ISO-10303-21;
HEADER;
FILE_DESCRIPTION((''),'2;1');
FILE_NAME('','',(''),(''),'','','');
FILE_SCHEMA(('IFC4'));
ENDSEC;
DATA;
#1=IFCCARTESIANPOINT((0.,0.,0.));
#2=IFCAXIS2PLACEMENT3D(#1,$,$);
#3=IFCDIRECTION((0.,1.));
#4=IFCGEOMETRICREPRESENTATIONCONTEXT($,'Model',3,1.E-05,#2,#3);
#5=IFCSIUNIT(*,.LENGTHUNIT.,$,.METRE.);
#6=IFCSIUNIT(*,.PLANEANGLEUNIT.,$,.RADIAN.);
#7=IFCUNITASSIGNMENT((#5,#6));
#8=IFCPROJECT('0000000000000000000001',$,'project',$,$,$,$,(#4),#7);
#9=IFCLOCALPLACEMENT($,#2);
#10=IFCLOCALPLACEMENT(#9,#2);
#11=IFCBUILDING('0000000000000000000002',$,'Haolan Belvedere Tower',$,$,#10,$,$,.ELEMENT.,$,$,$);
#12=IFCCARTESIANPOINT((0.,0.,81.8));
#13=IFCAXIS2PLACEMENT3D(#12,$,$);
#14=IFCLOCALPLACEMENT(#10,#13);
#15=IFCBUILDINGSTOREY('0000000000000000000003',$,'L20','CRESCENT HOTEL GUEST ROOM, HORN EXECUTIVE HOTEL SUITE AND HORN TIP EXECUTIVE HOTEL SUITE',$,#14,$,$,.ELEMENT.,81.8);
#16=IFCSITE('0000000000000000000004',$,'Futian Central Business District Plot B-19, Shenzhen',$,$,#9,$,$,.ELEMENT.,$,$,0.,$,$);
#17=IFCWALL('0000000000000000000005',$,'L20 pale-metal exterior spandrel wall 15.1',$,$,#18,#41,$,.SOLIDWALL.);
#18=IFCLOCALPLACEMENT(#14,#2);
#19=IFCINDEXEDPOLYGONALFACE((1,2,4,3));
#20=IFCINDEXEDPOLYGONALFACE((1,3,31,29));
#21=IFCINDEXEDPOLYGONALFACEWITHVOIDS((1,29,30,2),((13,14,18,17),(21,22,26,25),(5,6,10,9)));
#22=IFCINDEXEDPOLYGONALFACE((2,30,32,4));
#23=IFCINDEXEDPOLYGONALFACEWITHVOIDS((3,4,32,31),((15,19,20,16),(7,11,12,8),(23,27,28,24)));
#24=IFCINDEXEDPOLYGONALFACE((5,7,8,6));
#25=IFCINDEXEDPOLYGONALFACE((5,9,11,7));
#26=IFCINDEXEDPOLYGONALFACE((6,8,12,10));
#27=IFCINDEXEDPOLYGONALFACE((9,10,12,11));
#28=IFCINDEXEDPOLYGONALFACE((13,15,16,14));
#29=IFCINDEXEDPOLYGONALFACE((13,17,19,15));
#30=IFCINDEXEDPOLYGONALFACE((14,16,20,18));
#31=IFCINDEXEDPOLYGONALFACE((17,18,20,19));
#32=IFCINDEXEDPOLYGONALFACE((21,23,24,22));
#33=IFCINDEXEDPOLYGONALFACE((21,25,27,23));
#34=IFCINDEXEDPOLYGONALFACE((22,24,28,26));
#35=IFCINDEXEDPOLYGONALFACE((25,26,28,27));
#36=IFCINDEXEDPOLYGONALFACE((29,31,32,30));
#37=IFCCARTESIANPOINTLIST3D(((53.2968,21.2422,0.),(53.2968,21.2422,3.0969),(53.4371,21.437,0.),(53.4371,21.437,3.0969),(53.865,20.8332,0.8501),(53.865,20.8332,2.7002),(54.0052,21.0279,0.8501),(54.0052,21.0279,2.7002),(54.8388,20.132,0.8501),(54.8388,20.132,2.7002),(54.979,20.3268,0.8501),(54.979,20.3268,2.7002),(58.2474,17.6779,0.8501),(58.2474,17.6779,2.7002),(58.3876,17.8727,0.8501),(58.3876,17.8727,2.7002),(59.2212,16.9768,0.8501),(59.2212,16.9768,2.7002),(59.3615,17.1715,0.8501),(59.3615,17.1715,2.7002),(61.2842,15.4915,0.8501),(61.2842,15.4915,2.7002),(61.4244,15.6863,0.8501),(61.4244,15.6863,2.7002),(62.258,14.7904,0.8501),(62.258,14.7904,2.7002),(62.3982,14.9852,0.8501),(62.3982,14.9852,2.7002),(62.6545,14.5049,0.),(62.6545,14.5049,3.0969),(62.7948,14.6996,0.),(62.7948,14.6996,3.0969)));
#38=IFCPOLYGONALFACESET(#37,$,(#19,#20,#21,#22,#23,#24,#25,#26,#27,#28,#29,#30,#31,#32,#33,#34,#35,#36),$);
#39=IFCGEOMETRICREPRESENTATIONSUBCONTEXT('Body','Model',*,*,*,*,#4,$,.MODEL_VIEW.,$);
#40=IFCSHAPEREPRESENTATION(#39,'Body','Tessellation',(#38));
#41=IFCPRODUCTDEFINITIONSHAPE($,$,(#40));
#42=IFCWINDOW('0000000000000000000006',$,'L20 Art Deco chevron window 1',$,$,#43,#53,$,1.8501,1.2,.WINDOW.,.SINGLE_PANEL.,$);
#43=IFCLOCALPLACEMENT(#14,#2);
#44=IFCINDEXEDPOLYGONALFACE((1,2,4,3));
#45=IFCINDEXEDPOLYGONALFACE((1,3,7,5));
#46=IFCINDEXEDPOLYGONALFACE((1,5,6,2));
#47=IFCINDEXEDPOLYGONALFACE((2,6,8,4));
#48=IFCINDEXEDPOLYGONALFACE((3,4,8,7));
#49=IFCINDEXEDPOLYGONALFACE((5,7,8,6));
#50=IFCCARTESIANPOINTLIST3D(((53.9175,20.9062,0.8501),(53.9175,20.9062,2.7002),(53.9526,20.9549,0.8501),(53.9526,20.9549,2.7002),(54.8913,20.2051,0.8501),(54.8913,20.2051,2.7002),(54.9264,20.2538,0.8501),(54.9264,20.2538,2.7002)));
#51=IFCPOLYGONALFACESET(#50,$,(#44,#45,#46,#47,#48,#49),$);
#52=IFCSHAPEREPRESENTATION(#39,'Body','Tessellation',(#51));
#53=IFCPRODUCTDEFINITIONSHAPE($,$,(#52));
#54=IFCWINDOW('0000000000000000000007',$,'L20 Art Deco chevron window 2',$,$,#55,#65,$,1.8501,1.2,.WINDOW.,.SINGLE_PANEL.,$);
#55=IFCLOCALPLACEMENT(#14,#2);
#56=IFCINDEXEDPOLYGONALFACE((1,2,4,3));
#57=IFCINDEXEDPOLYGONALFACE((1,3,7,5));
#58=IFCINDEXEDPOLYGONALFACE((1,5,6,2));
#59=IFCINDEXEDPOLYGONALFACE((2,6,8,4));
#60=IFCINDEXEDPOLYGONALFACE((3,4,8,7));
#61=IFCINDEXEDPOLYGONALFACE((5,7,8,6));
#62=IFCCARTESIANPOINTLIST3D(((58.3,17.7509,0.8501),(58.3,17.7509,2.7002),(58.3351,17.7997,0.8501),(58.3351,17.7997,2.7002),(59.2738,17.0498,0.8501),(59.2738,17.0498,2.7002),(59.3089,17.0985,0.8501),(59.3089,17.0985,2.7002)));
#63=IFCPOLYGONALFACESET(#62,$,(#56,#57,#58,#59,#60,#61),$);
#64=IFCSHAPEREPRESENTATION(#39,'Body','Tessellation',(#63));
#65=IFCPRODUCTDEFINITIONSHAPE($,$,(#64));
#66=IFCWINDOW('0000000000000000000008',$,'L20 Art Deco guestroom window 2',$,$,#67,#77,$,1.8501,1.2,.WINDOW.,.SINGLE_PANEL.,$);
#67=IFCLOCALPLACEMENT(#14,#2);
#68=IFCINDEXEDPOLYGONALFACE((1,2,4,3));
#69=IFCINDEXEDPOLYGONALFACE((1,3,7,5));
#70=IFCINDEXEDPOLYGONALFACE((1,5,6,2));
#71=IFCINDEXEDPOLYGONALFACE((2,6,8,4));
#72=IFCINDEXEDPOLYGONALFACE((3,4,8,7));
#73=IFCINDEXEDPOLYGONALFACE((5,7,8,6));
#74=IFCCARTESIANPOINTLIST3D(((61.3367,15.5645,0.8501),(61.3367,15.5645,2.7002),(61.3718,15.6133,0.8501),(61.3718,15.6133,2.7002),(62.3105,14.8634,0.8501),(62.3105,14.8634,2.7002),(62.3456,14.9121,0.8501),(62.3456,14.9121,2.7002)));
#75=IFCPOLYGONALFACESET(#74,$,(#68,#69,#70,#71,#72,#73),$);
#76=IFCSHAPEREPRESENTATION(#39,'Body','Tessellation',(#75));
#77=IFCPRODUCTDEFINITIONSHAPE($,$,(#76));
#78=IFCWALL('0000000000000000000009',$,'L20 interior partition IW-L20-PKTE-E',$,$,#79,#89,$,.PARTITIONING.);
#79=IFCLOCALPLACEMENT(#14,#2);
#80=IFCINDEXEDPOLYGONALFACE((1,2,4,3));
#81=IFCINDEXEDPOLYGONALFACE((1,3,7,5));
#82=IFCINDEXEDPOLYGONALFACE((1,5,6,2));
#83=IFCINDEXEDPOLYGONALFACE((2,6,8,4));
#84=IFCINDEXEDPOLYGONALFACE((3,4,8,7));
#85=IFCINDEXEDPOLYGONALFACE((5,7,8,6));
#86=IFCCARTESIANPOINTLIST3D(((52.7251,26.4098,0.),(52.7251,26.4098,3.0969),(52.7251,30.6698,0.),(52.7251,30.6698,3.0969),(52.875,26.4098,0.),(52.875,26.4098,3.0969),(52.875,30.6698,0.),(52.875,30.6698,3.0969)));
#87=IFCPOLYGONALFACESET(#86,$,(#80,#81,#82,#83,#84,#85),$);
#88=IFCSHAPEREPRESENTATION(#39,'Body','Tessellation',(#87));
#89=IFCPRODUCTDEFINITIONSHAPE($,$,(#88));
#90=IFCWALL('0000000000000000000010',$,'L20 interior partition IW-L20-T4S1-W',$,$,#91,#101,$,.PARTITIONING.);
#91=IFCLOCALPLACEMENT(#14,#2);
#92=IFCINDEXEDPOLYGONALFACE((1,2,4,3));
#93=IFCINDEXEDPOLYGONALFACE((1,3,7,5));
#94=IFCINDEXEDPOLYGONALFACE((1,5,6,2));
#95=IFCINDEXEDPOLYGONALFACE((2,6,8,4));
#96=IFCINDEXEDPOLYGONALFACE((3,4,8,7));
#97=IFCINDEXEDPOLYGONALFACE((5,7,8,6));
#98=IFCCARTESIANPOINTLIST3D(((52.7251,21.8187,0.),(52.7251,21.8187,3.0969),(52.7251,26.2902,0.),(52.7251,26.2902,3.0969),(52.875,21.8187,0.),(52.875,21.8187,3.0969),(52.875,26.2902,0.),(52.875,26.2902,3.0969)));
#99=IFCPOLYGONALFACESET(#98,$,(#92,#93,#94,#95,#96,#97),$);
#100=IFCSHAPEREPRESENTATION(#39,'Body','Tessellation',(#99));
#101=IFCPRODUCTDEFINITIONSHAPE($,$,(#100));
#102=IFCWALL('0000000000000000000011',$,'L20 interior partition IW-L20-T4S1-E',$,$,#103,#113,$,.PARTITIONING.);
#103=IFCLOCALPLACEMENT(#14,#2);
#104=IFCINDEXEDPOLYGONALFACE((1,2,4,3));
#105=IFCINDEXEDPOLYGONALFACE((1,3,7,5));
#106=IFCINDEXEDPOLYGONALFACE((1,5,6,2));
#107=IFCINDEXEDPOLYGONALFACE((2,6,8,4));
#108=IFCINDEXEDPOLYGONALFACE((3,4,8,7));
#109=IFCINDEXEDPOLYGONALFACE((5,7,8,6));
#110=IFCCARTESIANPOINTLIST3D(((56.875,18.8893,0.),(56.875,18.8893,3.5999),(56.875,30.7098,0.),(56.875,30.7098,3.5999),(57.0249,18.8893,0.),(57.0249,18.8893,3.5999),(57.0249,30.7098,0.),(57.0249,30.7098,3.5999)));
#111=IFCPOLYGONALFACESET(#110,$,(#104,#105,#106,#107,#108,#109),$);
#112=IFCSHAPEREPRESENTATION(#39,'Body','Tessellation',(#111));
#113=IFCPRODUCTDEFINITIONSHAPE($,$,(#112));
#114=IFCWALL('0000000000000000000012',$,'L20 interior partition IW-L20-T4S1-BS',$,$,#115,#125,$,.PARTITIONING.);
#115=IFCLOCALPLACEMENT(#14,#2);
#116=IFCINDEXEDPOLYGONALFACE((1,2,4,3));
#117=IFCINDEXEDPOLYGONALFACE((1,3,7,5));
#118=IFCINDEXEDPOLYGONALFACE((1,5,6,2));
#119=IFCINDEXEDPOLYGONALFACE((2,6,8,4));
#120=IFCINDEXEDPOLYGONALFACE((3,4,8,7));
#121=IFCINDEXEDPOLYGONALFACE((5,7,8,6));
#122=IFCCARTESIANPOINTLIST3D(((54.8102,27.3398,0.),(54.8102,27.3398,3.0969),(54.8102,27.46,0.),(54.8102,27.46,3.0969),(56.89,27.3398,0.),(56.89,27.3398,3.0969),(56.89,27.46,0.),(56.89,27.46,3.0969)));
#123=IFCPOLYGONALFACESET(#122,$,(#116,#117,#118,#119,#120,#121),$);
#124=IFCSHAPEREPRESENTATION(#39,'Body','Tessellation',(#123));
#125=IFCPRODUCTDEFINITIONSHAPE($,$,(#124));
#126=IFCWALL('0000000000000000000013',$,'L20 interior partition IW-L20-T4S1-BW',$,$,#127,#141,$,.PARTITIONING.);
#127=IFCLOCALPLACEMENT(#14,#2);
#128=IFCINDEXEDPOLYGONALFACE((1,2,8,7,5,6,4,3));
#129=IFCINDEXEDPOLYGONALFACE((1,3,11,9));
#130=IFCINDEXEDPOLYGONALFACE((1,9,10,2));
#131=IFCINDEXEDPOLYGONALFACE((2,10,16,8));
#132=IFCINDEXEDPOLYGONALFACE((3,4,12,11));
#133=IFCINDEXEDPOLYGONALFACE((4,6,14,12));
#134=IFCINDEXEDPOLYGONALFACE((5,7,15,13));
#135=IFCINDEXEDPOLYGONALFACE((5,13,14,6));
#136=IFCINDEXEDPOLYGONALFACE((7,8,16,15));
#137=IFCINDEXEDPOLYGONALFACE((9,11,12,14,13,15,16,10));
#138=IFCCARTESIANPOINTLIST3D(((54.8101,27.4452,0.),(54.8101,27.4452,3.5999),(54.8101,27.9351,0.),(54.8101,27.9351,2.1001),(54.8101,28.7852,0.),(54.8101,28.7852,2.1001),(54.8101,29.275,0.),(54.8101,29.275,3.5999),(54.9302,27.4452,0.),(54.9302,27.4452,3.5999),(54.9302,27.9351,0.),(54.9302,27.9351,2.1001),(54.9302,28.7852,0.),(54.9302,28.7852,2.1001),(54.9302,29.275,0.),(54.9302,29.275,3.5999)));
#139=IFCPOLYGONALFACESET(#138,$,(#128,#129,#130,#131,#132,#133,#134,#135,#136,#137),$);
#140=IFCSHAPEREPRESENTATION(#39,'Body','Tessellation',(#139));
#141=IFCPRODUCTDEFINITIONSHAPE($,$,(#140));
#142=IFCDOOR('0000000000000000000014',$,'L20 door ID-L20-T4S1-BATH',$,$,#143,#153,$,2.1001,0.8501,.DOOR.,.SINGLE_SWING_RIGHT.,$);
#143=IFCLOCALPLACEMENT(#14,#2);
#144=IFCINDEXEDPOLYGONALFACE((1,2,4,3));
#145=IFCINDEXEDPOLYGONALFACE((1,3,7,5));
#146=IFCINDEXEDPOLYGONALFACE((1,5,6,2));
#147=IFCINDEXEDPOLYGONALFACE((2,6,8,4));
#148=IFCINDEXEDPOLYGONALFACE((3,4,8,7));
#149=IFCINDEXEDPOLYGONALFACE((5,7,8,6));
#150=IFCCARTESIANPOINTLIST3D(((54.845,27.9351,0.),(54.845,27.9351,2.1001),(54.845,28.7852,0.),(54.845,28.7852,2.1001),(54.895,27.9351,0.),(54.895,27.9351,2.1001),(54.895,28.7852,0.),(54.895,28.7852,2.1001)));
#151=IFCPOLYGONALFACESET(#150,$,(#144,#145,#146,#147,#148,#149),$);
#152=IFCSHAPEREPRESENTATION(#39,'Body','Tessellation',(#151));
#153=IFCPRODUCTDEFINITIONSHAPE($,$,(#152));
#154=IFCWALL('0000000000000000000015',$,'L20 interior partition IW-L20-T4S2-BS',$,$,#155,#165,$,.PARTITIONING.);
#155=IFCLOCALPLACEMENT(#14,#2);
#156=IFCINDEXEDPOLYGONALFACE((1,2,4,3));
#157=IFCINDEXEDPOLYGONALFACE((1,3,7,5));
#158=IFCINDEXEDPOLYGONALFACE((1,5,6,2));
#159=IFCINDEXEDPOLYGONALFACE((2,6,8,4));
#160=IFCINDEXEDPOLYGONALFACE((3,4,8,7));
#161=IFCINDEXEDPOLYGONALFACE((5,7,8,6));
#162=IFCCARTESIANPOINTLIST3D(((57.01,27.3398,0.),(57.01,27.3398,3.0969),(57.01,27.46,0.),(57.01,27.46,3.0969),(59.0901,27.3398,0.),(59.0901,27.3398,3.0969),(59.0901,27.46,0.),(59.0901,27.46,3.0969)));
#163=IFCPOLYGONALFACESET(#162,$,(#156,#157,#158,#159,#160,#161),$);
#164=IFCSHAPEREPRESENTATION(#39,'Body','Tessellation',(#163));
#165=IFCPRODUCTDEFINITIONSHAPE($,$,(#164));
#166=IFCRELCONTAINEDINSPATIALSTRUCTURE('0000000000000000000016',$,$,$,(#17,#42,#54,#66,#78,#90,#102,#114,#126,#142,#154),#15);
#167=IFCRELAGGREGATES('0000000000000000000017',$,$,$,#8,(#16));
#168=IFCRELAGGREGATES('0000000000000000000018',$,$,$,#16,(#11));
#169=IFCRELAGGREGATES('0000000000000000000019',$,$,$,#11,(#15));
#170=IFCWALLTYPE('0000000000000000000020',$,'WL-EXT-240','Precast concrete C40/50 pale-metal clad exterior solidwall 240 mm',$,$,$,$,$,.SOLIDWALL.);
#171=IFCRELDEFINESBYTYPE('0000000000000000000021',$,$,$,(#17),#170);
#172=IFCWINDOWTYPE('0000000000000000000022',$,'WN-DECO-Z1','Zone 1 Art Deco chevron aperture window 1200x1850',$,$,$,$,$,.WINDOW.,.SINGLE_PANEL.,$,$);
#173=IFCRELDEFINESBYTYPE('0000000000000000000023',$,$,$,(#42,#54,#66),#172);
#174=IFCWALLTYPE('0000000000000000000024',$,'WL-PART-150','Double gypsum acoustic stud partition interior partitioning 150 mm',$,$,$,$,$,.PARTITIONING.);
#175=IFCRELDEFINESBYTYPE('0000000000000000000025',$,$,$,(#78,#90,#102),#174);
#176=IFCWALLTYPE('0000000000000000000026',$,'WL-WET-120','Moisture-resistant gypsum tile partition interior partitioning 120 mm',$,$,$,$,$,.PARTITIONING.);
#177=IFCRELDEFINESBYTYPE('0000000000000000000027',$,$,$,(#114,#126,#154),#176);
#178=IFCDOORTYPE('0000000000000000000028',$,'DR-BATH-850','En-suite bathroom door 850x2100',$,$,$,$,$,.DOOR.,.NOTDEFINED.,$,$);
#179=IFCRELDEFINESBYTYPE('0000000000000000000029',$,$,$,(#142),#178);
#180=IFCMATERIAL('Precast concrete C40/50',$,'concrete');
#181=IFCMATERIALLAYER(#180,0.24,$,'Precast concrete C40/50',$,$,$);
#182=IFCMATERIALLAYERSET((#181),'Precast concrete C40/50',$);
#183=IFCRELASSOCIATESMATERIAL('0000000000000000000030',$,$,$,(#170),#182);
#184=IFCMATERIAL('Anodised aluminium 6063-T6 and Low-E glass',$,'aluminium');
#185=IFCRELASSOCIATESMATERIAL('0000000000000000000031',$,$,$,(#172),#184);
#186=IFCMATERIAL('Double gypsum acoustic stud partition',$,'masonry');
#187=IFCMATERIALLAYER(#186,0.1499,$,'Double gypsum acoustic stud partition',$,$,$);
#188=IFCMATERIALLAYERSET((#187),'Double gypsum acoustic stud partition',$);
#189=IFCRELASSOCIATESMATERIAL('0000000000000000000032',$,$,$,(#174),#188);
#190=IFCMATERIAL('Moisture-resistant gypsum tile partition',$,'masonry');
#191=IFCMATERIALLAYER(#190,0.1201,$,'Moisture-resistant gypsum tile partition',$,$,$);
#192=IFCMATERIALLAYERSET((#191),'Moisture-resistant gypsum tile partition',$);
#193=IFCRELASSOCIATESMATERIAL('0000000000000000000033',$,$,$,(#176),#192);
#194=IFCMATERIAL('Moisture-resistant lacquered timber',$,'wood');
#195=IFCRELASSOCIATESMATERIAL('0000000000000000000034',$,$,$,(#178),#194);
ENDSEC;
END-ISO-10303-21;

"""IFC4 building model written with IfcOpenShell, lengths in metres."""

from ifc_helpers import new_model, si_unit, direction, frame, frame_2d, origin, place, context, subcontext, project, spatial, rectangle, extrude, material, layer, layer_set, type_object, element, fill, save


model = new_model("IFC4")

# Units and contexts
model_context = context("Model", 3, precision=1e-05, world=origin(), true_north=direction((0.0, 1.0)))
body_context = subcontext(model_context, "Body", "Model", "MODEL_VIEW")
ifc_project = project(units=[si_unit("LENGTHUNIT", "METRE"), si_unit("PLANEANGLEUNIT", "RADIAN")], contexts=[model_context])

# Site, building, storey
site_placement = place(None, origin())
site = spatial("IfcSite", under=ifc_project, at=site_placement, Name="Futian Central Business District Plot B-19, Shenzhen", CompositionType="ELEMENT", RefElevation=0.0)
building_placement = place(site_placement, origin())
building = spatial("IfcBuilding", under=site, at=building_placement, Name="Haolan Belvedere Tower", CompositionType="ELEMENT")
storey_placement = place(building_placement, frame((0.0, 0.0, 81.8)))
storey = spatial("IfcBuildingStorey", under=building, at=storey_placement, Name="L20", Description="CRESCENT HOTEL GUEST ROOM, HORN EXECUTIVE HOTEL SUITE AND HORN TIP EXECUTIVE HOTEL SUITE", CompositionType="ELEMENT", Elevation=81.8)

# Wall, openings, windows
ifc_material_1 = material(Name="Precast concrete C40/50", Category="concrete")
ifc_layer_1 = layer(ifc_material_1, 0.24, Name="Precast concrete C40/50")
ifc_layer_set_1 = layer_set([ifc_layer_1], Name="Precast concrete C40/50")
wall_type_1 = type_object("IfcWallType", Name="WL-EXT-240", Description="Precast concrete C40/50 pale-metal clad exterior solidwall 240 mm", PredefinedType="SOLIDWALL", material=ifc_layer_set_1)
wall_1_placement = place(storey_placement, frame((53.3669, 21.3396, 0.0), z_axis=(0.0, 0.0, 1.0), x_axis=(0.811543, -0.584292, 0.0)))
wall_1 = element("IfcWall", 1, at=wall_1_placement, inside=storey, type_object=wall_type_1, Name="L20 pale-metal exterior spandrel wall 15.1", PredefinedType="SOLIDWALL", context=body_context, shape_type="SweptSolid", body=[
    extrude(rectangle(XDim=11.5308, YDim=0.24, at=frame_2d((5.7654, 0.0))), origin(), (0.0, 0.0, 1.0), 3.0969),
])
opening_1_placement = place(wall_1_placement, frame((0.7, 0.0, 0.8501)))
opening_1 = element("IfcOpeningElement", 2, at=opening_1_placement, cuts=wall_1, PredefinedType="OPENING", context=body_context, shape_type="SweptSolid", body=[
    extrude(rectangle(XDim=1.2, YDim=1.8501, at=frame_2d((0.6001, 0.925))), frame((0.0, 0.1299, 0.0), z_axis=(0.0, -1.0, 0.0), x_axis=(1.0, 0.0, 0.0)), (0.0, 0.0, 1.0), 0.26),
])
opening_2_placement = place(wall_1_placement, frame((6.1001, 0.0, 0.8501)))
opening_2 = element("IfcOpeningElement", 3, at=opening_2_placement, cuts=wall_1, PredefinedType="OPENING", context=body_context, shape_type="SweptSolid", body=[
    extrude(rectangle(XDim=1.2, YDim=1.8501, at=frame_2d((0.6001, 0.925))), frame((0.0, 0.1299, 0.0), z_axis=(0.0, -1.0, 0.0), x_axis=(1.0, 0.0, 0.0)), (0.0, 0.0, 1.0), 0.26),
])
opening_3_placement = place(wall_1_placement, frame((9.842, 0.0, 0.8501)))
opening_3 = element("IfcOpeningElement", 4, at=opening_3_placement, cuts=wall_1, PredefinedType="OPENING", context=body_context, shape_type="SweptSolid", body=[
    extrude(rectangle(XDim=1.2, YDim=1.8501, at=frame_2d((0.6001, 0.925))), frame((0.0, 0.1299, 0.0), z_axis=(0.0, -1.0, 0.0), x_axis=(1.0, 0.0, 0.0)), (0.0, 0.0, 1.0), 0.26),
])
ifc_material_2 = material(Name="Anodised aluminium 6063-T6 and Low-E glass", Category="aluminium")
window_type = type_object("IfcWindowType", Name="WN-DECO-Z1", Description="Zone 1 Art Deco chevron aperture window 1200x1850", PartitioningType="SINGLE_PANEL", PredefinedType="WINDOW", material=ifc_material_2)
window_1_placement = place(opening_1_placement, origin())
window_1 = element("IfcWindow", 5, at=window_1_placement, inside=storey, type_object=window_type, Name="L20 Art Deco chevron window 1", OverallHeight=1.8501, OverallWidth=1.2, PartitioningType="SINGLE_PANEL", PredefinedType="WINDOW", context=body_context, shape_type="SweptSolid", body=[
    extrude(rectangle(XDim=1.2, YDim=1.8501, at=frame_2d((0.6001, 0.925))), frame((0.0, 0.03, 0.0), z_axis=(0.0, -1.0, 0.0), x_axis=(1.0, 0.0, 0.0)), (0.0, 0.0, 1.0), 0.0601),
])
fill(opening_1, window_1)
window_2_placement = place(opening_2_placement, origin())
window_2 = element("IfcWindow", 6, at=window_2_placement, inside=storey, type_object=window_type, Name="L20 Art Deco chevron window 2", OverallHeight=1.8501, OverallWidth=1.2, PartitioningType="SINGLE_PANEL", PredefinedType="WINDOW", context=body_context, shape_type="SweptSolid", body=[
    extrude(rectangle(XDim=1.2, YDim=1.8501, at=frame_2d((0.6001, 0.925))), frame((0.0, 0.03, 0.0), z_axis=(0.0, -1.0, 0.0), x_axis=(1.0, 0.0, 0.0)), (0.0, 0.0, 1.0), 0.0601),
])
fill(opening_2, window_2)
window_3_placement = place(opening_3_placement, origin())
window_3 = element("IfcWindow", 7, at=window_3_placement, inside=storey, type_object=window_type, Name="L20 Art Deco guestroom window 2", OverallHeight=1.8501, OverallWidth=1.2, PartitioningType="SINGLE_PANEL", PredefinedType="WINDOW", context=body_context, shape_type="SweptSolid", body=[
    extrude(rectangle(XDim=1.2, YDim=1.8501, at=frame_2d((0.6001, 0.925))), frame((0.0, 0.03, 0.0), z_axis=(0.0, -1.0, 0.0), x_axis=(1.0, 0.0, 0.0)), (0.0, 0.0, 1.0), 0.0601),
])
fill(opening_3, window_3)

# Walls
ifc_material_3 = material(Name="Double gypsum acoustic stud partition", Category="masonry")
ifc_layer_2 = layer(ifc_material_3, 0.1499, Name="Double gypsum acoustic stud partition")
ifc_layer_set_2 = layer_set([ifc_layer_2], Name="Double gypsum acoustic stud partition")
wall_type_2 = type_object("IfcWallType", Name="WL-PART-150", Description="Double gypsum acoustic stud partition interior partitioning 150 mm", PredefinedType="PARTITIONING", material=ifc_layer_set_2)
wall_2_placement = place(storey_placement, frame((52.8, 26.4099, 0.0), z_axis=(0.0, 0.0, 1.0), x_axis=(0.0, 1.0, 0.0)))
element("IfcWall", 8, at=wall_2_placement, inside=storey, type_object=wall_type_2, Name="L20 interior partition IW-L20-PKTE-E", PredefinedType="PARTITIONING", context=body_context, shape_type="SweptSolid", body=[
    extrude(rectangle(XDim=4.26, YDim=0.1499, at=frame_2d((2.1299, 0.0))), origin(), (0.0, 0.0, 1.0), 3.0969),
])
wall_3_placement = place(storey_placement, frame((52.8, 21.8186, 0.0), z_axis=(0.0, 0.0, 1.0), x_axis=(0.0, 1.0, 0.0)))
element("IfcWall", 9, at=wall_3_placement, inside=storey, type_object=wall_type_2, Name="L20 interior partition IW-L20-T4S1-W", PredefinedType="PARTITIONING", context=body_context, shape_type="SweptSolid", body=[
    extrude(rectangle(XDim=4.4714, YDim=0.1499, at=frame_2d((2.2358, 0.0))), origin(), (0.0, 0.0, 1.0), 3.0969),
])
wall_4_placement = place(storey_placement, frame((56.95, 18.8894, 0.0), z_axis=(0.0, 0.0, 1.0), x_axis=(0.0, 1.0, 0.0)))
element("IfcWall", 10, at=wall_4_placement, inside=storey, type_object=wall_type_2, Name="L20 interior partition IW-L20-T4S1-E", PredefinedType="PARTITIONING", context=body_context, shape_type="SweptSolid", body=[
    extrude(rectangle(XDim=11.8206, YDim=0.1499, at=frame_2d((5.9102, 0.0))), origin(), (0.0, 0.0, 1.0), 3.5999),
])
ifc_material_4 = material(Name="Moisture-resistant gypsum tile partition", Category="masonry")
ifc_layer_3 = layer(ifc_material_4, 0.1201, Name="Moisture-resistant gypsum tile partition")
ifc_layer_set_3 = layer_set([ifc_layer_3], Name="Moisture-resistant gypsum tile partition")
wall_type_3 = type_object("IfcWallType", Name="WL-WET-120", Description="Moisture-resistant gypsum tile partition interior partitioning 120 mm", PredefinedType="PARTITIONING", material=ifc_layer_set_3)
wall_5_placement = place(storey_placement, frame((54.8101, 27.3999, 0.0), z_axis=(0.0, 0.0, 1.0), x_axis=(1.0, 0.0, 0.0)))
element("IfcWall", 11, at=wall_5_placement, inside=storey, type_object=wall_type_3, Name="L20 interior partition IW-L20-T4S1-BS", PredefinedType="PARTITIONING", context=body_context, shape_type="SweptSolid", body=[
    extrude(rectangle(XDim=2.0798, YDim=0.1201, at=frame_2d((1.04, 0.0))), origin(), (0.0, 0.0, 1.0), 3.0969),
])

# Wall, opening, door
wall_6_placement = place(storey_placement, frame((54.8701, 27.4451, 0.0), z_axis=(0.0, 0.0, 1.0), x_axis=(0.0, 1.0, 0.0)))
wall_6 = element("IfcWall", 12, at=wall_6_placement, inside=storey, type_object=wall_type_3, Name="L20 interior partition IW-L20-T4S1-BW", PredefinedType="PARTITIONING", context=body_context, shape_type="SweptSolid", body=[
    extrude(rectangle(XDim=1.8298, YDim=0.1201, at=frame_2d((0.915, 0.0))), origin(), (0.0, 0.0, 1.0), 3.5999),
])
opening_4_placement = place(wall_6_placement, frame((1.3401, 0.0, 0.0), z_axis=(0.0, 0.0, 1.0), x_axis=(-1.0, 0.0, 0.0)))
opening_4 = element("IfcOpeningElement", 13, at=opening_4_placement, cuts=wall_6, PredefinedType="OPENING", context=body_context, shape_type="SweptSolid", body=[
    extrude(rectangle(XDim=0.8501, YDim=2.1001, at=frame_2d((0.425, 1.05))), frame((0.0, 0.0701, 0.0), z_axis=(0.0, -1.0, 0.0), x_axis=(1.0, 0.0, 0.0)), (0.0, 0.0, 1.0), 0.1401),
])
ifc_material_5 = material(Name="Moisture-resistant lacquered timber", Category="wood")
door_type = type_object("IfcDoorType", Name="DR-BATH-850", Description="En-suite bathroom door 850x2100", OperationType="NOTDEFINED", PredefinedType="DOOR", material=ifc_material_5)
door_placement = place(opening_4_placement, origin())
door = element("IfcDoor", 14, at=door_placement, inside=storey, type_object=door_type, Name="L20 door ID-L20-T4S1-BATH", OperationType="SINGLE_SWING_RIGHT", OverallHeight=2.1001, OverallWidth=0.8501, PredefinedType="DOOR", context=body_context, shape_type="SweptSolid", body=[
    extrude(rectangle(XDim=0.8501, YDim=2.1001, at=frame_2d((0.425, 1.05))), frame((0.0, 0.0249, 0.0), z_axis=(0.0, -1.0, 0.0), x_axis=(1.0, 0.0, 0.0)), (0.0, 0.0, 1.0), 0.05),
])
fill(opening_4, door)

# Wall
wall_7_placement = place(storey_placement, frame((57.01, 27.3999, 0.0), z_axis=(0.0, 0.0, 1.0), x_axis=(1.0, 0.0, 0.0)))
element("IfcWall", 15, at=wall_7_placement, inside=storey, type_object=wall_type_3, Name="L20 interior partition IW-L20-T4S2-BS", PredefinedType="PARTITIONING", context=body_context, shape_type="SweptSolid", body=[
    extrude(rectangle(XDim=2.0801, YDim=0.1201, at=frame_2d((1.04, 0.0))), origin(), (0.0, 0.0, 1.0), 3.0969),
])

save(model, "model.ifc")
